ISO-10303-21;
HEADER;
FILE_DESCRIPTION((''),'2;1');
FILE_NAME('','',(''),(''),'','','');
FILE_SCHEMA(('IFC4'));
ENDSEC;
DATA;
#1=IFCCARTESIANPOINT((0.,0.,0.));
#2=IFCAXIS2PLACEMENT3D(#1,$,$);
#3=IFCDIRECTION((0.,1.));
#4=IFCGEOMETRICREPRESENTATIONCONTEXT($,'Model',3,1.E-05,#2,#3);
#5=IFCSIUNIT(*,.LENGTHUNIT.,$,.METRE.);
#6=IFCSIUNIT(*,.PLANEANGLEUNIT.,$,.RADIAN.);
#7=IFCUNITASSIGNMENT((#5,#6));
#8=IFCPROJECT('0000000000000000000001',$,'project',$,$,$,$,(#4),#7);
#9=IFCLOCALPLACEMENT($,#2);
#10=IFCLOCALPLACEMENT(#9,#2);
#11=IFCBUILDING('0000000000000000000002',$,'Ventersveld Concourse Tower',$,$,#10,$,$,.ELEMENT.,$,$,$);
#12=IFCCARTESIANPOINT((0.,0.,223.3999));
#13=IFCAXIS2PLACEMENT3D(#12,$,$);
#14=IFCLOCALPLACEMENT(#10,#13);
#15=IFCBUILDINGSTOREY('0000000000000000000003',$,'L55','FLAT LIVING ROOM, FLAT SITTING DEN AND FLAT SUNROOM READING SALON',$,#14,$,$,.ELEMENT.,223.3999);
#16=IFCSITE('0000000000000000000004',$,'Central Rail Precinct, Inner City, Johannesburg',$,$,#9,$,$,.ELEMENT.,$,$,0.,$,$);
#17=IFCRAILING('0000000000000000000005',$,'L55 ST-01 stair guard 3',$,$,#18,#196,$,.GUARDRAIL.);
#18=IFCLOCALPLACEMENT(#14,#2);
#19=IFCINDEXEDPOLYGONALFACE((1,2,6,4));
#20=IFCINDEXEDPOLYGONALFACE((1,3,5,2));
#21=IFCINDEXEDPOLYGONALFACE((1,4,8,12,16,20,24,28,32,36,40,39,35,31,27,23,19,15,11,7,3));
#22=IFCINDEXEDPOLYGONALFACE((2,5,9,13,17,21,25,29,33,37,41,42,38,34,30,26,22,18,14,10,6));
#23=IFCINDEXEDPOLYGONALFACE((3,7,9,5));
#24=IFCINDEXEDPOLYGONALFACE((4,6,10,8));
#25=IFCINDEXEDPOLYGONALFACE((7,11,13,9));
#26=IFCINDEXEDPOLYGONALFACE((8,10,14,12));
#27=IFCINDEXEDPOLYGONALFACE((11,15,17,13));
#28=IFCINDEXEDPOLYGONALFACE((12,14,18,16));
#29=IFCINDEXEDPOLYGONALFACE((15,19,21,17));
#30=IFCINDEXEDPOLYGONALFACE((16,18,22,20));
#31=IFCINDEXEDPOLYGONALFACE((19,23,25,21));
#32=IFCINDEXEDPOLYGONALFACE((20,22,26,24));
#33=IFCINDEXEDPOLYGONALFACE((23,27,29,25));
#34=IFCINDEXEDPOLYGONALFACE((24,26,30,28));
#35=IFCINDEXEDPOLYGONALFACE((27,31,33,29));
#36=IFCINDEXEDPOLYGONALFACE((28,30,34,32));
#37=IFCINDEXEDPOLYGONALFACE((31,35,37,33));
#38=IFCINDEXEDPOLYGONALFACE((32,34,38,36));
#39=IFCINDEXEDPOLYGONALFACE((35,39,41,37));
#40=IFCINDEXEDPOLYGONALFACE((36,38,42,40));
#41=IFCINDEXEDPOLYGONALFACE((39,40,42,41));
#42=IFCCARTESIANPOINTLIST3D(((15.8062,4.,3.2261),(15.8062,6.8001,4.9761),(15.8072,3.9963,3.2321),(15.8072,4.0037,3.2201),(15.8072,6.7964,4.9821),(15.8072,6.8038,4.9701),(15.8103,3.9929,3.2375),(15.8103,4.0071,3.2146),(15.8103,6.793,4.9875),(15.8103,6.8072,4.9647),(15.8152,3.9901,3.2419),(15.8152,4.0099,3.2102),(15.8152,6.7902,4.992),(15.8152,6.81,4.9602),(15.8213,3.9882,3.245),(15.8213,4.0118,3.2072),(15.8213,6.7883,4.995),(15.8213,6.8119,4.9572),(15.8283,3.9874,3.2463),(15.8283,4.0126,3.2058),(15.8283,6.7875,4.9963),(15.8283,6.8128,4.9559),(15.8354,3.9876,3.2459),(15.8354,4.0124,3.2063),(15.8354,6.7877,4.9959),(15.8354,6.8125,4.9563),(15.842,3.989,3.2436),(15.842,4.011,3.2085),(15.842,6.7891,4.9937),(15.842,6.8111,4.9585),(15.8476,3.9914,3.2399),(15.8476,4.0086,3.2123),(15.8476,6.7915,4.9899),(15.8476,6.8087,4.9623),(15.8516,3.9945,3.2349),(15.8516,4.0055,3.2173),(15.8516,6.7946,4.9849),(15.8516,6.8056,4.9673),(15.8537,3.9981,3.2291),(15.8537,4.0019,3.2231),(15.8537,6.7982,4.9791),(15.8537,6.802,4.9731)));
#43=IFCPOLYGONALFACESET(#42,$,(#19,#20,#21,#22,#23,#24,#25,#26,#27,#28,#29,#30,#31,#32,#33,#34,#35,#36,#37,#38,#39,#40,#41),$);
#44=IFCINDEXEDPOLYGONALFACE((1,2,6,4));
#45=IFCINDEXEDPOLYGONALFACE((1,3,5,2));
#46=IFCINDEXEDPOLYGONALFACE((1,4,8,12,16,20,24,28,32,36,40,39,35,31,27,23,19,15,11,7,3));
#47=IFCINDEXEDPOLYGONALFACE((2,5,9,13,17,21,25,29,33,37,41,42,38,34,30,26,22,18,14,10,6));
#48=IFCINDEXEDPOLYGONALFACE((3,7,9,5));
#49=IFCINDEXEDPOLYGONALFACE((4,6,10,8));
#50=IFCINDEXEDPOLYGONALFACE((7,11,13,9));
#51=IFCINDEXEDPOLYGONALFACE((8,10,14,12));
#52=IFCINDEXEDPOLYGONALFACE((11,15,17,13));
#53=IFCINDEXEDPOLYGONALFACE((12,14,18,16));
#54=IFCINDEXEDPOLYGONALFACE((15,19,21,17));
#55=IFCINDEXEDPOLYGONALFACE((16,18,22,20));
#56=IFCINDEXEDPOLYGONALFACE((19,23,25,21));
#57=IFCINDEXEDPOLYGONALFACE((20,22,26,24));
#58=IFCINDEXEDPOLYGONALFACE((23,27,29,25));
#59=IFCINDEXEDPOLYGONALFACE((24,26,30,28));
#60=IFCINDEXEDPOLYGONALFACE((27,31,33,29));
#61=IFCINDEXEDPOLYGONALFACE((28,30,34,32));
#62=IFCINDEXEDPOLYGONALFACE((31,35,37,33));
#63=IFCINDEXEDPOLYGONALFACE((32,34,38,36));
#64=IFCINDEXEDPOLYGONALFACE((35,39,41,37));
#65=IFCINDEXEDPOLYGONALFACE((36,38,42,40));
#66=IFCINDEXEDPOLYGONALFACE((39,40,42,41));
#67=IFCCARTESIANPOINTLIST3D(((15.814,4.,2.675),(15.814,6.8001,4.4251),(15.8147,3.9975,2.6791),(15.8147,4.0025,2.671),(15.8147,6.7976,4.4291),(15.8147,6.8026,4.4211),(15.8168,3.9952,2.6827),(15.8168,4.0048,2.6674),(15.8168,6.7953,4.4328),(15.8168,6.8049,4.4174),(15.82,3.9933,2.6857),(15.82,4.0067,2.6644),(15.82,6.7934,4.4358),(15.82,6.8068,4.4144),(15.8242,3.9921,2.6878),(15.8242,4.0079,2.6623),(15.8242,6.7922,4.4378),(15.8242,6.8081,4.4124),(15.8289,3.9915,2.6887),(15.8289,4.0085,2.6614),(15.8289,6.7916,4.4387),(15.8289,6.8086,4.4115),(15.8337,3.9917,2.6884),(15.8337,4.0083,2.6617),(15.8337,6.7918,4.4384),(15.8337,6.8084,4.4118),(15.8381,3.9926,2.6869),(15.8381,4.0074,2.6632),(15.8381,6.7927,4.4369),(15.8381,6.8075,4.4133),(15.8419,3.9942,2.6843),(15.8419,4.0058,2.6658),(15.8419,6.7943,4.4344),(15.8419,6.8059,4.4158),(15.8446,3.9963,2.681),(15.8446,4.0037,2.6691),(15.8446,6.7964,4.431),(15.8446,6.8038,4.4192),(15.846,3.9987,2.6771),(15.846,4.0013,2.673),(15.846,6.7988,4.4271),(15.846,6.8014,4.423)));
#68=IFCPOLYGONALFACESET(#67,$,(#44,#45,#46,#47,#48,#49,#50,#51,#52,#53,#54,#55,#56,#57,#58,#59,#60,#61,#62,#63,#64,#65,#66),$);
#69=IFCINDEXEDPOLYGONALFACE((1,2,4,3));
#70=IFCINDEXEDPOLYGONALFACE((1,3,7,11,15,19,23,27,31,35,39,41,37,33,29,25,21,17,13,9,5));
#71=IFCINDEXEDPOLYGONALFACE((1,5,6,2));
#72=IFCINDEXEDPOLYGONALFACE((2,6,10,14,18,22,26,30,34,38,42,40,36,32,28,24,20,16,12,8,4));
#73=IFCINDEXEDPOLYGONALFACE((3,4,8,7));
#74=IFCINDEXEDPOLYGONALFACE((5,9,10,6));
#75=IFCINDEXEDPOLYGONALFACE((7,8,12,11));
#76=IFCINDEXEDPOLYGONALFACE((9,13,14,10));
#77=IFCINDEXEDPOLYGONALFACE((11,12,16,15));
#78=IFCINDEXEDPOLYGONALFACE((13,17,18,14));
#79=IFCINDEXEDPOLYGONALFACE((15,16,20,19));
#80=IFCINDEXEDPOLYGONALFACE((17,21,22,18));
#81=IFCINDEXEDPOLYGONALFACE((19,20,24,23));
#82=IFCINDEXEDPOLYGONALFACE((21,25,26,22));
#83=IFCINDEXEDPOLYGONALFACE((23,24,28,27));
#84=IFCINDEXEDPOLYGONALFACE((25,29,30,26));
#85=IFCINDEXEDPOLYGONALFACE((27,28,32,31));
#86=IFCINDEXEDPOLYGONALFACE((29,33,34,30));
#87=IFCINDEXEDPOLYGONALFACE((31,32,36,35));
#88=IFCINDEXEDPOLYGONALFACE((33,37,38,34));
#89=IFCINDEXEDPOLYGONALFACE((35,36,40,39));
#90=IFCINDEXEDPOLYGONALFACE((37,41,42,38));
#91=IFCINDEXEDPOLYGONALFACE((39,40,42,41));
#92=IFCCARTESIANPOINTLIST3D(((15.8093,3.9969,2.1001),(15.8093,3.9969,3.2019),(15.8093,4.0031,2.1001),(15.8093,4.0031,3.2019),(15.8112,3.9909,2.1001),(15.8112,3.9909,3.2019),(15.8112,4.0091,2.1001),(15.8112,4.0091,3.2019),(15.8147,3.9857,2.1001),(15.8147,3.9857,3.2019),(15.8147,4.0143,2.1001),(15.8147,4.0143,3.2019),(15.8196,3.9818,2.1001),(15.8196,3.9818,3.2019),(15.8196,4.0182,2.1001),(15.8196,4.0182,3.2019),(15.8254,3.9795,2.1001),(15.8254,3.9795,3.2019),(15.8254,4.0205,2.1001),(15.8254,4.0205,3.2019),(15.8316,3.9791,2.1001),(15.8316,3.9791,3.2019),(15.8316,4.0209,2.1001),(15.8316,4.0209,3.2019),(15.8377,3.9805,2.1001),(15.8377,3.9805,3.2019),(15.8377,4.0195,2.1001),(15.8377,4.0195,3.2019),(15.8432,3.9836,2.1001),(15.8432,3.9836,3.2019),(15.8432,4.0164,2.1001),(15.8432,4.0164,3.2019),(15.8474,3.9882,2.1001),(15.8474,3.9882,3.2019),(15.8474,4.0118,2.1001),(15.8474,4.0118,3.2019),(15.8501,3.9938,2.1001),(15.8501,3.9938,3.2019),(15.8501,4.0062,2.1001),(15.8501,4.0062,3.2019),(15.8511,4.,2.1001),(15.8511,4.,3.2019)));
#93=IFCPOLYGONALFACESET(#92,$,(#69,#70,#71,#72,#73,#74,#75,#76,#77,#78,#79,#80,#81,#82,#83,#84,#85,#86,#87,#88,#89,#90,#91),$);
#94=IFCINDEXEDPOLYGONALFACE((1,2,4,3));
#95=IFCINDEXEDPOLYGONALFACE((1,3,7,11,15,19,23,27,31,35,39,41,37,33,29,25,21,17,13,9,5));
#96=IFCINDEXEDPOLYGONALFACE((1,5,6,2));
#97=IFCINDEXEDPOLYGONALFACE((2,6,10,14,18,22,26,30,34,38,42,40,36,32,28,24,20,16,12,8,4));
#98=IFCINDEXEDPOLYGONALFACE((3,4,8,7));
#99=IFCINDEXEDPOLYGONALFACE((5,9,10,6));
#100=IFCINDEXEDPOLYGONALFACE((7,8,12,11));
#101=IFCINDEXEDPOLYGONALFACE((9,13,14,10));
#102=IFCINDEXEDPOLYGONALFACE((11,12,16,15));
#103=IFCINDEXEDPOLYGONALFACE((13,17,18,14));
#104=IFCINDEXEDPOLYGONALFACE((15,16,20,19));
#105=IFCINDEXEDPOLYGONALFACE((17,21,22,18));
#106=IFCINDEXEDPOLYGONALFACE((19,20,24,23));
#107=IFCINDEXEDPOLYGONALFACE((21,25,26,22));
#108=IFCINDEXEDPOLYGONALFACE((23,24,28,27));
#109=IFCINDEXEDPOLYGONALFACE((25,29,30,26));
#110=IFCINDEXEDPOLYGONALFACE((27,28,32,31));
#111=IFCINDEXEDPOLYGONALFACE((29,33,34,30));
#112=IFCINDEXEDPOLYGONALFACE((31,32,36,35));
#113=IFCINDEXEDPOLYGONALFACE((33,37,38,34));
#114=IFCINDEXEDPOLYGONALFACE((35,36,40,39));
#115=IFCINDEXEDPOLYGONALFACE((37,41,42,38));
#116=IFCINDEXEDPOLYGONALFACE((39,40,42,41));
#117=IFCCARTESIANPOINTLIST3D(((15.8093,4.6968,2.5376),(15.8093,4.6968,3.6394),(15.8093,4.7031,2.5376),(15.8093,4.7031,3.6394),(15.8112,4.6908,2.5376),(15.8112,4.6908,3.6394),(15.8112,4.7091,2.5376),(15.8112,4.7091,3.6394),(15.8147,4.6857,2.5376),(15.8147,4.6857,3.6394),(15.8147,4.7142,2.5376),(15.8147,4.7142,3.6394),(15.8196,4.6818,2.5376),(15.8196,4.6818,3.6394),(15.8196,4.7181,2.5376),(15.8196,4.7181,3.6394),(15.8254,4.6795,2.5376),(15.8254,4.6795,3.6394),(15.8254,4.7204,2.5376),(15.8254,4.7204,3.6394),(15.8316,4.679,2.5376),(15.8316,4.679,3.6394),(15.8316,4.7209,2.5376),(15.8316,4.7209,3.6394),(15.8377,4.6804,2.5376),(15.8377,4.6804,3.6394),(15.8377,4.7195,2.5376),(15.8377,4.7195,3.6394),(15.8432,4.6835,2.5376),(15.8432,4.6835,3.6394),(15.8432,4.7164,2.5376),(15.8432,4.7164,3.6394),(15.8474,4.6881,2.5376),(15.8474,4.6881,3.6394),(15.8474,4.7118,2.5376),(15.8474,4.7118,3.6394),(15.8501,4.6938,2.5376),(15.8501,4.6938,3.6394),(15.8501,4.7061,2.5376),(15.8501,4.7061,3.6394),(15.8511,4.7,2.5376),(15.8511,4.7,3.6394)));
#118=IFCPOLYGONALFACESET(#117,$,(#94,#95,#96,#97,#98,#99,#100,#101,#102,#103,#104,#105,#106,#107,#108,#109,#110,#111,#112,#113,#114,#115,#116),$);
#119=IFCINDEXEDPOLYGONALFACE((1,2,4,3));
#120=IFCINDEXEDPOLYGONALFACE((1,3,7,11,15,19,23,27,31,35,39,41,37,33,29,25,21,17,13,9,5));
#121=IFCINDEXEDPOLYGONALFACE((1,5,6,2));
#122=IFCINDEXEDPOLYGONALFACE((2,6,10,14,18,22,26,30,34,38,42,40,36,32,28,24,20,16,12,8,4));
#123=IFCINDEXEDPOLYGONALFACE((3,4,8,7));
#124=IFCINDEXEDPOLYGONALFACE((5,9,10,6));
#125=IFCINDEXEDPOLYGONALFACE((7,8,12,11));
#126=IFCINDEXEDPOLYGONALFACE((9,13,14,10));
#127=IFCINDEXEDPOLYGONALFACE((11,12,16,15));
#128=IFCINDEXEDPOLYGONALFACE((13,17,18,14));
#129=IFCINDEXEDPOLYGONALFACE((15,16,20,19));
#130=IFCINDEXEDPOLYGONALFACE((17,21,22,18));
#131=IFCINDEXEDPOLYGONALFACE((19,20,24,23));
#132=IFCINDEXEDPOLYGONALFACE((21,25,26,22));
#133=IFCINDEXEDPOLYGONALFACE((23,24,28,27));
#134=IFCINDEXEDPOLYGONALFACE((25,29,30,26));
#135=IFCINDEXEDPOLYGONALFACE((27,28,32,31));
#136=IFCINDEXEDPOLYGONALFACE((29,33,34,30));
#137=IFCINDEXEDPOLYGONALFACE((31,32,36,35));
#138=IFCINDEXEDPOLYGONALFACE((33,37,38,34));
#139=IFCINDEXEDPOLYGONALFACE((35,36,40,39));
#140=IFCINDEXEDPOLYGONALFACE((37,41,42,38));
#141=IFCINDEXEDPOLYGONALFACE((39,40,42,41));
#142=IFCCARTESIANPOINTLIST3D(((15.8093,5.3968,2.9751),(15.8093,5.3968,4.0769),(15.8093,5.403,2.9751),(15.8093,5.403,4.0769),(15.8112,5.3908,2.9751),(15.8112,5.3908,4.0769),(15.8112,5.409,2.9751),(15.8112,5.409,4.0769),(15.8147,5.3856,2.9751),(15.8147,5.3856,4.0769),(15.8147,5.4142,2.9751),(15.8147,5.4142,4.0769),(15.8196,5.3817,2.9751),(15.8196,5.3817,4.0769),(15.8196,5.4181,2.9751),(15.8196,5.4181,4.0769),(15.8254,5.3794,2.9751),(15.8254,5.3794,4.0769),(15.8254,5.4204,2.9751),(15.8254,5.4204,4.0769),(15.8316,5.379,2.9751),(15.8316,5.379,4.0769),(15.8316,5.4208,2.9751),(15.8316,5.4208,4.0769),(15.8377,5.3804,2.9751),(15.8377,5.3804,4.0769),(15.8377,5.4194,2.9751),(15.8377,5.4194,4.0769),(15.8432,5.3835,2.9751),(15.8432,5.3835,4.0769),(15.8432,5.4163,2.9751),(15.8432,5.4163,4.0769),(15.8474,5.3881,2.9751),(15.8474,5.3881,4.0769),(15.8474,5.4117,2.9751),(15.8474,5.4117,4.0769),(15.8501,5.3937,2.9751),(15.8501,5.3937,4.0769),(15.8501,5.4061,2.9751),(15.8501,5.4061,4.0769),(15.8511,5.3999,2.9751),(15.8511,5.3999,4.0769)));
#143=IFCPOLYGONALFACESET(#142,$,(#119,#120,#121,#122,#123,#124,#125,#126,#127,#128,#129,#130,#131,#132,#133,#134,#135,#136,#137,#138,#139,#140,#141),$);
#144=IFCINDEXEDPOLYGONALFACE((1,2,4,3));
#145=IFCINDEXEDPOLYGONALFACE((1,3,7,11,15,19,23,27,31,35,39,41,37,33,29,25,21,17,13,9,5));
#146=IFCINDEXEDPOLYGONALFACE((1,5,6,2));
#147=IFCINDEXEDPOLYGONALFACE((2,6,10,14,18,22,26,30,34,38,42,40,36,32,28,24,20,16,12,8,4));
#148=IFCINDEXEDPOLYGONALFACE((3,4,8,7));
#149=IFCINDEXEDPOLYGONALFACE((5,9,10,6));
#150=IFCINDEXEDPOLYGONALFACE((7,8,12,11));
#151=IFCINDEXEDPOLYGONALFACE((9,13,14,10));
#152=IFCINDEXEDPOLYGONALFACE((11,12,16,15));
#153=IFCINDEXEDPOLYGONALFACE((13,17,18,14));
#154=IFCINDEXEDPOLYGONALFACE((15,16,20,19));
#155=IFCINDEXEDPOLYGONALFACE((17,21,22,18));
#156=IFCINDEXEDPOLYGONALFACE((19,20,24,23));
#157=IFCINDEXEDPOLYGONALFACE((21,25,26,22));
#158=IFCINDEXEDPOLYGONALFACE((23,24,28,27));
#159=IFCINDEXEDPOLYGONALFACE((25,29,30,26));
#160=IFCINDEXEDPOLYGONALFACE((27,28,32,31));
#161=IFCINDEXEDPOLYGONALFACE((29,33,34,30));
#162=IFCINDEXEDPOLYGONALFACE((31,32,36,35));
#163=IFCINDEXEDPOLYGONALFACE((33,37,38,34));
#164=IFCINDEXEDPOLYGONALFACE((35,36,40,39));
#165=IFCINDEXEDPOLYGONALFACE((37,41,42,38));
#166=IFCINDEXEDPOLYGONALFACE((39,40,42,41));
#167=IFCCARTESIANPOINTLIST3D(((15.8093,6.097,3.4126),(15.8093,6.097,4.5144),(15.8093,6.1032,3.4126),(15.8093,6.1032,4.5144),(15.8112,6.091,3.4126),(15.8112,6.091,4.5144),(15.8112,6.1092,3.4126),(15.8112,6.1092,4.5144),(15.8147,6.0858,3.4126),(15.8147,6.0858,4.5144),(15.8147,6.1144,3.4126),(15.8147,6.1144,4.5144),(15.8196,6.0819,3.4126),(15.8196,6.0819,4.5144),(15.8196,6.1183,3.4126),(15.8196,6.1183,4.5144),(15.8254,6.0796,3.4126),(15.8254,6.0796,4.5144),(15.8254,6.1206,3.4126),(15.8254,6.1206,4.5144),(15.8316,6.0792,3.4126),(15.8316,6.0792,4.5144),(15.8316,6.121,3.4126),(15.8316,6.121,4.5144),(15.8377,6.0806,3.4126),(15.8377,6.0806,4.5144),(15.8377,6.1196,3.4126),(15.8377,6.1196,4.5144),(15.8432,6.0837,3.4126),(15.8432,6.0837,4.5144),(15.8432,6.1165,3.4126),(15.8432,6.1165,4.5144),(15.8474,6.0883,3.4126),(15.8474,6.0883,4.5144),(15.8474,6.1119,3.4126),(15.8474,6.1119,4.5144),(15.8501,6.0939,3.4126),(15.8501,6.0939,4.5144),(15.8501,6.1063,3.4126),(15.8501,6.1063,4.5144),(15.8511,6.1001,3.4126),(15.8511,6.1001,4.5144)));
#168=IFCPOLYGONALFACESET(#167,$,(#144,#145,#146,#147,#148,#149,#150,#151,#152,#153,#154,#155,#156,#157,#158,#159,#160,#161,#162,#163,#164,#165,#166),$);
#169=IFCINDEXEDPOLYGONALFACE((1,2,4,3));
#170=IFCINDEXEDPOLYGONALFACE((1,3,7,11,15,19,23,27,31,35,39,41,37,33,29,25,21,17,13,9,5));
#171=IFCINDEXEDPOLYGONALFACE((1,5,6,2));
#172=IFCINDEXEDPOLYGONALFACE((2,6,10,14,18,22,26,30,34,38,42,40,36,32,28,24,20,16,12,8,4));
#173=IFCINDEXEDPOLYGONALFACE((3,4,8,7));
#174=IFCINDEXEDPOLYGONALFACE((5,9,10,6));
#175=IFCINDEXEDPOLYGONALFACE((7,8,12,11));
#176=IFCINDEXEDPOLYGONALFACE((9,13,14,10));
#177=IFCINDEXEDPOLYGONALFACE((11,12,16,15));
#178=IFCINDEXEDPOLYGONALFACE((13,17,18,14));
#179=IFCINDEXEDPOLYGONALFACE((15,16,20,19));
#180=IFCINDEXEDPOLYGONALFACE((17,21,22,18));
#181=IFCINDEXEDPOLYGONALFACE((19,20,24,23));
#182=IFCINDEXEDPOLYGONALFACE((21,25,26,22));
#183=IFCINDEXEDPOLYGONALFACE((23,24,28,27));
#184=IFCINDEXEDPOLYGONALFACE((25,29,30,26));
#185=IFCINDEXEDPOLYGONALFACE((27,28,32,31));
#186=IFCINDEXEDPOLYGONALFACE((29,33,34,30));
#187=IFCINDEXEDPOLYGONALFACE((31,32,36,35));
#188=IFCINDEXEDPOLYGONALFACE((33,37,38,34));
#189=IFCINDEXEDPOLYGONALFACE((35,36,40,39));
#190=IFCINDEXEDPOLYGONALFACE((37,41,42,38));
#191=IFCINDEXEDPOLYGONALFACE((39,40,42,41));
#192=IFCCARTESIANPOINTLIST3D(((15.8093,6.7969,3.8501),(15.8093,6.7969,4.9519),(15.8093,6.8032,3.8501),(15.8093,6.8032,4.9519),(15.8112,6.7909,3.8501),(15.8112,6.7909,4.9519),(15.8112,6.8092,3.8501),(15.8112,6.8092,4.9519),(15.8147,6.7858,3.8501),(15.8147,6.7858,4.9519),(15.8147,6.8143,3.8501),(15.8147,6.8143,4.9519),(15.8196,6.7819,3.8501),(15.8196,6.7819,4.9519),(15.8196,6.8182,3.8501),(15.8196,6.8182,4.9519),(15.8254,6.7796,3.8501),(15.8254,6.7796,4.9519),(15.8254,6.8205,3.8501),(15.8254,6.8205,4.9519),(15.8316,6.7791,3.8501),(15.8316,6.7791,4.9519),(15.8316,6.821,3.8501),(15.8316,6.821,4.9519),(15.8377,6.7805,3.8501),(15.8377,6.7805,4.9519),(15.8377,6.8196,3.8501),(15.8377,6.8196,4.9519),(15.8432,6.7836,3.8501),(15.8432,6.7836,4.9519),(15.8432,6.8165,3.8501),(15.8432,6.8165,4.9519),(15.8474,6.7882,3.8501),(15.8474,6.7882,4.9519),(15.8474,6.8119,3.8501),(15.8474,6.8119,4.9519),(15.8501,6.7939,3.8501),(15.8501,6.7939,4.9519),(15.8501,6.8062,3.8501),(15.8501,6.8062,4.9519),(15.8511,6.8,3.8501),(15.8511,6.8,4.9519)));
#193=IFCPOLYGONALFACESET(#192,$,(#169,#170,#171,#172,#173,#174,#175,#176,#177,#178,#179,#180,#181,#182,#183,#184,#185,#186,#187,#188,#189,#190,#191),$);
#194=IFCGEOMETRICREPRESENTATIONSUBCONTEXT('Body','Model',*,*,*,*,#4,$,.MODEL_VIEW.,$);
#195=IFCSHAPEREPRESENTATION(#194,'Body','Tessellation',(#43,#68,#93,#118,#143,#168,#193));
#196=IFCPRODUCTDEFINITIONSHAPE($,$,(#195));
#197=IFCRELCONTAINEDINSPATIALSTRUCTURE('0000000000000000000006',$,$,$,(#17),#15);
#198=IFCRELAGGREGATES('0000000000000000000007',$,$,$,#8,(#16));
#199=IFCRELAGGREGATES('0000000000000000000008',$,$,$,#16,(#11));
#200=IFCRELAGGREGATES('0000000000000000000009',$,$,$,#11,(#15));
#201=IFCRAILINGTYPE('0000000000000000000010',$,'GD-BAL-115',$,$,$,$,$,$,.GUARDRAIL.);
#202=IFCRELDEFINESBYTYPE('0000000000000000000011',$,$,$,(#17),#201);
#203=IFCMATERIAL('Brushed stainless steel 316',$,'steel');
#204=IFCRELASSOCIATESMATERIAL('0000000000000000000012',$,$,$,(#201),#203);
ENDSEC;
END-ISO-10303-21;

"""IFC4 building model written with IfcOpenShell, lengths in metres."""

from ifc_helpers import new_model, si_unit, direction, frame, origin, origin_2d, place, context, subcontext, project, spatial, circle, extrude, material, type_object, element, save


model = new_model("IFC4")

# Units and contexts
model_context = context("Model", 3, precision=1e-05, world=origin(), true_north=direction((0.0, 1.0)))
body_context = subcontext(model_context, "Body", "Model", "MODEL_VIEW")
ifc_project = project(units=[si_unit("LENGTHUNIT", "METRE"), si_unit("PLANEANGLEUNIT", "RADIAN")], contexts=[model_context])

# Site, building, storey
site_placement = place(None, origin())
site = spatial("IfcSite", under=ifc_project, at=site_placement, Name="Central Rail Precinct, Inner City, Johannesburg", CompositionType="ELEMENT", RefElevation=0.0)
building_placement = place(site_placement, origin())
building = spatial("IfcBuilding", under=site, at=building_placement, Name="Ventersveld Concourse Tower", CompositionType="ELEMENT")
storey_placement = place(building_placement, frame((0.0, 0.0, 223.3999)))
storey = spatial("IfcBuildingStorey", under=building, at=storey_placement, Name="L55", Description="FLAT LIVING ROOM, FLAT SITTING DEN AND FLAT SUNROOM READING SALON", CompositionType="ELEMENT", Elevation=223.3999)

# Shared definitions
ifc_material_1 = material(Name="Brushed stainless steel 316", Category="steel")

# Railing
railing_type_1 = type_object("IfcRailingType", Name="GD-BAL-115", PredefinedType="GUARDRAIL", material=ifc_material_1)
railing_1_placement = place(storey_placement, frame((15.8301, 4.0, 2.1001)))
element("IfcRailing", 1, at=railing_1_placement, inside=storey, type_object=railing_type_1, Name="L55 ST-01 stair guard 3", PredefinedType="GUARDRAIL", context=body_context, shape_type="SweptSolid", body=[
    extrude(circle(Radius=0.0239, at=origin_2d()), frame((0.0, 0.0, 1.126), z_axis=(0.0, 0.848002, 0.529992), x_axis=(-1.0, 0.0, 0.0)), (0.0, 0.0, 1.0), 3.302),
    extrude(circle(Radius=0.0161, at=origin_2d()), frame((0.0, 0.0, 0.575), z_axis=(0.0, 0.848002, 0.529992), x_axis=(-1.0, 0.0, 0.0)), (0.0, 0.0, 1.0), 3.302),
    extrude(circle(Radius=0.021, at=origin_2d()), origin(), (0.0, 0.0, 1.0), 1.1018),
    extrude(circle(Radius=0.021, at=origin_2d()), frame((0.0, 0.7, 0.4375)), (0.0, 0.0, 1.0), 1.1018),
    extrude(circle(Radius=0.021, at=origin_2d()), frame((0.0, 1.3999, 0.875)), (0.0, 0.0, 1.0), 1.1018),
    extrude(circle(Radius=0.021, at=origin_2d()), frame((0.0, 2.1001, 1.3125)), (0.0, 0.0, 1.0), 1.1018),
    extrude(circle(Radius=0.021, at=origin_2d()), frame((0.0, 2.8, 1.75)), (0.0, 0.0, 1.0), 1.1018),
])

save(model, "model.ifc")
